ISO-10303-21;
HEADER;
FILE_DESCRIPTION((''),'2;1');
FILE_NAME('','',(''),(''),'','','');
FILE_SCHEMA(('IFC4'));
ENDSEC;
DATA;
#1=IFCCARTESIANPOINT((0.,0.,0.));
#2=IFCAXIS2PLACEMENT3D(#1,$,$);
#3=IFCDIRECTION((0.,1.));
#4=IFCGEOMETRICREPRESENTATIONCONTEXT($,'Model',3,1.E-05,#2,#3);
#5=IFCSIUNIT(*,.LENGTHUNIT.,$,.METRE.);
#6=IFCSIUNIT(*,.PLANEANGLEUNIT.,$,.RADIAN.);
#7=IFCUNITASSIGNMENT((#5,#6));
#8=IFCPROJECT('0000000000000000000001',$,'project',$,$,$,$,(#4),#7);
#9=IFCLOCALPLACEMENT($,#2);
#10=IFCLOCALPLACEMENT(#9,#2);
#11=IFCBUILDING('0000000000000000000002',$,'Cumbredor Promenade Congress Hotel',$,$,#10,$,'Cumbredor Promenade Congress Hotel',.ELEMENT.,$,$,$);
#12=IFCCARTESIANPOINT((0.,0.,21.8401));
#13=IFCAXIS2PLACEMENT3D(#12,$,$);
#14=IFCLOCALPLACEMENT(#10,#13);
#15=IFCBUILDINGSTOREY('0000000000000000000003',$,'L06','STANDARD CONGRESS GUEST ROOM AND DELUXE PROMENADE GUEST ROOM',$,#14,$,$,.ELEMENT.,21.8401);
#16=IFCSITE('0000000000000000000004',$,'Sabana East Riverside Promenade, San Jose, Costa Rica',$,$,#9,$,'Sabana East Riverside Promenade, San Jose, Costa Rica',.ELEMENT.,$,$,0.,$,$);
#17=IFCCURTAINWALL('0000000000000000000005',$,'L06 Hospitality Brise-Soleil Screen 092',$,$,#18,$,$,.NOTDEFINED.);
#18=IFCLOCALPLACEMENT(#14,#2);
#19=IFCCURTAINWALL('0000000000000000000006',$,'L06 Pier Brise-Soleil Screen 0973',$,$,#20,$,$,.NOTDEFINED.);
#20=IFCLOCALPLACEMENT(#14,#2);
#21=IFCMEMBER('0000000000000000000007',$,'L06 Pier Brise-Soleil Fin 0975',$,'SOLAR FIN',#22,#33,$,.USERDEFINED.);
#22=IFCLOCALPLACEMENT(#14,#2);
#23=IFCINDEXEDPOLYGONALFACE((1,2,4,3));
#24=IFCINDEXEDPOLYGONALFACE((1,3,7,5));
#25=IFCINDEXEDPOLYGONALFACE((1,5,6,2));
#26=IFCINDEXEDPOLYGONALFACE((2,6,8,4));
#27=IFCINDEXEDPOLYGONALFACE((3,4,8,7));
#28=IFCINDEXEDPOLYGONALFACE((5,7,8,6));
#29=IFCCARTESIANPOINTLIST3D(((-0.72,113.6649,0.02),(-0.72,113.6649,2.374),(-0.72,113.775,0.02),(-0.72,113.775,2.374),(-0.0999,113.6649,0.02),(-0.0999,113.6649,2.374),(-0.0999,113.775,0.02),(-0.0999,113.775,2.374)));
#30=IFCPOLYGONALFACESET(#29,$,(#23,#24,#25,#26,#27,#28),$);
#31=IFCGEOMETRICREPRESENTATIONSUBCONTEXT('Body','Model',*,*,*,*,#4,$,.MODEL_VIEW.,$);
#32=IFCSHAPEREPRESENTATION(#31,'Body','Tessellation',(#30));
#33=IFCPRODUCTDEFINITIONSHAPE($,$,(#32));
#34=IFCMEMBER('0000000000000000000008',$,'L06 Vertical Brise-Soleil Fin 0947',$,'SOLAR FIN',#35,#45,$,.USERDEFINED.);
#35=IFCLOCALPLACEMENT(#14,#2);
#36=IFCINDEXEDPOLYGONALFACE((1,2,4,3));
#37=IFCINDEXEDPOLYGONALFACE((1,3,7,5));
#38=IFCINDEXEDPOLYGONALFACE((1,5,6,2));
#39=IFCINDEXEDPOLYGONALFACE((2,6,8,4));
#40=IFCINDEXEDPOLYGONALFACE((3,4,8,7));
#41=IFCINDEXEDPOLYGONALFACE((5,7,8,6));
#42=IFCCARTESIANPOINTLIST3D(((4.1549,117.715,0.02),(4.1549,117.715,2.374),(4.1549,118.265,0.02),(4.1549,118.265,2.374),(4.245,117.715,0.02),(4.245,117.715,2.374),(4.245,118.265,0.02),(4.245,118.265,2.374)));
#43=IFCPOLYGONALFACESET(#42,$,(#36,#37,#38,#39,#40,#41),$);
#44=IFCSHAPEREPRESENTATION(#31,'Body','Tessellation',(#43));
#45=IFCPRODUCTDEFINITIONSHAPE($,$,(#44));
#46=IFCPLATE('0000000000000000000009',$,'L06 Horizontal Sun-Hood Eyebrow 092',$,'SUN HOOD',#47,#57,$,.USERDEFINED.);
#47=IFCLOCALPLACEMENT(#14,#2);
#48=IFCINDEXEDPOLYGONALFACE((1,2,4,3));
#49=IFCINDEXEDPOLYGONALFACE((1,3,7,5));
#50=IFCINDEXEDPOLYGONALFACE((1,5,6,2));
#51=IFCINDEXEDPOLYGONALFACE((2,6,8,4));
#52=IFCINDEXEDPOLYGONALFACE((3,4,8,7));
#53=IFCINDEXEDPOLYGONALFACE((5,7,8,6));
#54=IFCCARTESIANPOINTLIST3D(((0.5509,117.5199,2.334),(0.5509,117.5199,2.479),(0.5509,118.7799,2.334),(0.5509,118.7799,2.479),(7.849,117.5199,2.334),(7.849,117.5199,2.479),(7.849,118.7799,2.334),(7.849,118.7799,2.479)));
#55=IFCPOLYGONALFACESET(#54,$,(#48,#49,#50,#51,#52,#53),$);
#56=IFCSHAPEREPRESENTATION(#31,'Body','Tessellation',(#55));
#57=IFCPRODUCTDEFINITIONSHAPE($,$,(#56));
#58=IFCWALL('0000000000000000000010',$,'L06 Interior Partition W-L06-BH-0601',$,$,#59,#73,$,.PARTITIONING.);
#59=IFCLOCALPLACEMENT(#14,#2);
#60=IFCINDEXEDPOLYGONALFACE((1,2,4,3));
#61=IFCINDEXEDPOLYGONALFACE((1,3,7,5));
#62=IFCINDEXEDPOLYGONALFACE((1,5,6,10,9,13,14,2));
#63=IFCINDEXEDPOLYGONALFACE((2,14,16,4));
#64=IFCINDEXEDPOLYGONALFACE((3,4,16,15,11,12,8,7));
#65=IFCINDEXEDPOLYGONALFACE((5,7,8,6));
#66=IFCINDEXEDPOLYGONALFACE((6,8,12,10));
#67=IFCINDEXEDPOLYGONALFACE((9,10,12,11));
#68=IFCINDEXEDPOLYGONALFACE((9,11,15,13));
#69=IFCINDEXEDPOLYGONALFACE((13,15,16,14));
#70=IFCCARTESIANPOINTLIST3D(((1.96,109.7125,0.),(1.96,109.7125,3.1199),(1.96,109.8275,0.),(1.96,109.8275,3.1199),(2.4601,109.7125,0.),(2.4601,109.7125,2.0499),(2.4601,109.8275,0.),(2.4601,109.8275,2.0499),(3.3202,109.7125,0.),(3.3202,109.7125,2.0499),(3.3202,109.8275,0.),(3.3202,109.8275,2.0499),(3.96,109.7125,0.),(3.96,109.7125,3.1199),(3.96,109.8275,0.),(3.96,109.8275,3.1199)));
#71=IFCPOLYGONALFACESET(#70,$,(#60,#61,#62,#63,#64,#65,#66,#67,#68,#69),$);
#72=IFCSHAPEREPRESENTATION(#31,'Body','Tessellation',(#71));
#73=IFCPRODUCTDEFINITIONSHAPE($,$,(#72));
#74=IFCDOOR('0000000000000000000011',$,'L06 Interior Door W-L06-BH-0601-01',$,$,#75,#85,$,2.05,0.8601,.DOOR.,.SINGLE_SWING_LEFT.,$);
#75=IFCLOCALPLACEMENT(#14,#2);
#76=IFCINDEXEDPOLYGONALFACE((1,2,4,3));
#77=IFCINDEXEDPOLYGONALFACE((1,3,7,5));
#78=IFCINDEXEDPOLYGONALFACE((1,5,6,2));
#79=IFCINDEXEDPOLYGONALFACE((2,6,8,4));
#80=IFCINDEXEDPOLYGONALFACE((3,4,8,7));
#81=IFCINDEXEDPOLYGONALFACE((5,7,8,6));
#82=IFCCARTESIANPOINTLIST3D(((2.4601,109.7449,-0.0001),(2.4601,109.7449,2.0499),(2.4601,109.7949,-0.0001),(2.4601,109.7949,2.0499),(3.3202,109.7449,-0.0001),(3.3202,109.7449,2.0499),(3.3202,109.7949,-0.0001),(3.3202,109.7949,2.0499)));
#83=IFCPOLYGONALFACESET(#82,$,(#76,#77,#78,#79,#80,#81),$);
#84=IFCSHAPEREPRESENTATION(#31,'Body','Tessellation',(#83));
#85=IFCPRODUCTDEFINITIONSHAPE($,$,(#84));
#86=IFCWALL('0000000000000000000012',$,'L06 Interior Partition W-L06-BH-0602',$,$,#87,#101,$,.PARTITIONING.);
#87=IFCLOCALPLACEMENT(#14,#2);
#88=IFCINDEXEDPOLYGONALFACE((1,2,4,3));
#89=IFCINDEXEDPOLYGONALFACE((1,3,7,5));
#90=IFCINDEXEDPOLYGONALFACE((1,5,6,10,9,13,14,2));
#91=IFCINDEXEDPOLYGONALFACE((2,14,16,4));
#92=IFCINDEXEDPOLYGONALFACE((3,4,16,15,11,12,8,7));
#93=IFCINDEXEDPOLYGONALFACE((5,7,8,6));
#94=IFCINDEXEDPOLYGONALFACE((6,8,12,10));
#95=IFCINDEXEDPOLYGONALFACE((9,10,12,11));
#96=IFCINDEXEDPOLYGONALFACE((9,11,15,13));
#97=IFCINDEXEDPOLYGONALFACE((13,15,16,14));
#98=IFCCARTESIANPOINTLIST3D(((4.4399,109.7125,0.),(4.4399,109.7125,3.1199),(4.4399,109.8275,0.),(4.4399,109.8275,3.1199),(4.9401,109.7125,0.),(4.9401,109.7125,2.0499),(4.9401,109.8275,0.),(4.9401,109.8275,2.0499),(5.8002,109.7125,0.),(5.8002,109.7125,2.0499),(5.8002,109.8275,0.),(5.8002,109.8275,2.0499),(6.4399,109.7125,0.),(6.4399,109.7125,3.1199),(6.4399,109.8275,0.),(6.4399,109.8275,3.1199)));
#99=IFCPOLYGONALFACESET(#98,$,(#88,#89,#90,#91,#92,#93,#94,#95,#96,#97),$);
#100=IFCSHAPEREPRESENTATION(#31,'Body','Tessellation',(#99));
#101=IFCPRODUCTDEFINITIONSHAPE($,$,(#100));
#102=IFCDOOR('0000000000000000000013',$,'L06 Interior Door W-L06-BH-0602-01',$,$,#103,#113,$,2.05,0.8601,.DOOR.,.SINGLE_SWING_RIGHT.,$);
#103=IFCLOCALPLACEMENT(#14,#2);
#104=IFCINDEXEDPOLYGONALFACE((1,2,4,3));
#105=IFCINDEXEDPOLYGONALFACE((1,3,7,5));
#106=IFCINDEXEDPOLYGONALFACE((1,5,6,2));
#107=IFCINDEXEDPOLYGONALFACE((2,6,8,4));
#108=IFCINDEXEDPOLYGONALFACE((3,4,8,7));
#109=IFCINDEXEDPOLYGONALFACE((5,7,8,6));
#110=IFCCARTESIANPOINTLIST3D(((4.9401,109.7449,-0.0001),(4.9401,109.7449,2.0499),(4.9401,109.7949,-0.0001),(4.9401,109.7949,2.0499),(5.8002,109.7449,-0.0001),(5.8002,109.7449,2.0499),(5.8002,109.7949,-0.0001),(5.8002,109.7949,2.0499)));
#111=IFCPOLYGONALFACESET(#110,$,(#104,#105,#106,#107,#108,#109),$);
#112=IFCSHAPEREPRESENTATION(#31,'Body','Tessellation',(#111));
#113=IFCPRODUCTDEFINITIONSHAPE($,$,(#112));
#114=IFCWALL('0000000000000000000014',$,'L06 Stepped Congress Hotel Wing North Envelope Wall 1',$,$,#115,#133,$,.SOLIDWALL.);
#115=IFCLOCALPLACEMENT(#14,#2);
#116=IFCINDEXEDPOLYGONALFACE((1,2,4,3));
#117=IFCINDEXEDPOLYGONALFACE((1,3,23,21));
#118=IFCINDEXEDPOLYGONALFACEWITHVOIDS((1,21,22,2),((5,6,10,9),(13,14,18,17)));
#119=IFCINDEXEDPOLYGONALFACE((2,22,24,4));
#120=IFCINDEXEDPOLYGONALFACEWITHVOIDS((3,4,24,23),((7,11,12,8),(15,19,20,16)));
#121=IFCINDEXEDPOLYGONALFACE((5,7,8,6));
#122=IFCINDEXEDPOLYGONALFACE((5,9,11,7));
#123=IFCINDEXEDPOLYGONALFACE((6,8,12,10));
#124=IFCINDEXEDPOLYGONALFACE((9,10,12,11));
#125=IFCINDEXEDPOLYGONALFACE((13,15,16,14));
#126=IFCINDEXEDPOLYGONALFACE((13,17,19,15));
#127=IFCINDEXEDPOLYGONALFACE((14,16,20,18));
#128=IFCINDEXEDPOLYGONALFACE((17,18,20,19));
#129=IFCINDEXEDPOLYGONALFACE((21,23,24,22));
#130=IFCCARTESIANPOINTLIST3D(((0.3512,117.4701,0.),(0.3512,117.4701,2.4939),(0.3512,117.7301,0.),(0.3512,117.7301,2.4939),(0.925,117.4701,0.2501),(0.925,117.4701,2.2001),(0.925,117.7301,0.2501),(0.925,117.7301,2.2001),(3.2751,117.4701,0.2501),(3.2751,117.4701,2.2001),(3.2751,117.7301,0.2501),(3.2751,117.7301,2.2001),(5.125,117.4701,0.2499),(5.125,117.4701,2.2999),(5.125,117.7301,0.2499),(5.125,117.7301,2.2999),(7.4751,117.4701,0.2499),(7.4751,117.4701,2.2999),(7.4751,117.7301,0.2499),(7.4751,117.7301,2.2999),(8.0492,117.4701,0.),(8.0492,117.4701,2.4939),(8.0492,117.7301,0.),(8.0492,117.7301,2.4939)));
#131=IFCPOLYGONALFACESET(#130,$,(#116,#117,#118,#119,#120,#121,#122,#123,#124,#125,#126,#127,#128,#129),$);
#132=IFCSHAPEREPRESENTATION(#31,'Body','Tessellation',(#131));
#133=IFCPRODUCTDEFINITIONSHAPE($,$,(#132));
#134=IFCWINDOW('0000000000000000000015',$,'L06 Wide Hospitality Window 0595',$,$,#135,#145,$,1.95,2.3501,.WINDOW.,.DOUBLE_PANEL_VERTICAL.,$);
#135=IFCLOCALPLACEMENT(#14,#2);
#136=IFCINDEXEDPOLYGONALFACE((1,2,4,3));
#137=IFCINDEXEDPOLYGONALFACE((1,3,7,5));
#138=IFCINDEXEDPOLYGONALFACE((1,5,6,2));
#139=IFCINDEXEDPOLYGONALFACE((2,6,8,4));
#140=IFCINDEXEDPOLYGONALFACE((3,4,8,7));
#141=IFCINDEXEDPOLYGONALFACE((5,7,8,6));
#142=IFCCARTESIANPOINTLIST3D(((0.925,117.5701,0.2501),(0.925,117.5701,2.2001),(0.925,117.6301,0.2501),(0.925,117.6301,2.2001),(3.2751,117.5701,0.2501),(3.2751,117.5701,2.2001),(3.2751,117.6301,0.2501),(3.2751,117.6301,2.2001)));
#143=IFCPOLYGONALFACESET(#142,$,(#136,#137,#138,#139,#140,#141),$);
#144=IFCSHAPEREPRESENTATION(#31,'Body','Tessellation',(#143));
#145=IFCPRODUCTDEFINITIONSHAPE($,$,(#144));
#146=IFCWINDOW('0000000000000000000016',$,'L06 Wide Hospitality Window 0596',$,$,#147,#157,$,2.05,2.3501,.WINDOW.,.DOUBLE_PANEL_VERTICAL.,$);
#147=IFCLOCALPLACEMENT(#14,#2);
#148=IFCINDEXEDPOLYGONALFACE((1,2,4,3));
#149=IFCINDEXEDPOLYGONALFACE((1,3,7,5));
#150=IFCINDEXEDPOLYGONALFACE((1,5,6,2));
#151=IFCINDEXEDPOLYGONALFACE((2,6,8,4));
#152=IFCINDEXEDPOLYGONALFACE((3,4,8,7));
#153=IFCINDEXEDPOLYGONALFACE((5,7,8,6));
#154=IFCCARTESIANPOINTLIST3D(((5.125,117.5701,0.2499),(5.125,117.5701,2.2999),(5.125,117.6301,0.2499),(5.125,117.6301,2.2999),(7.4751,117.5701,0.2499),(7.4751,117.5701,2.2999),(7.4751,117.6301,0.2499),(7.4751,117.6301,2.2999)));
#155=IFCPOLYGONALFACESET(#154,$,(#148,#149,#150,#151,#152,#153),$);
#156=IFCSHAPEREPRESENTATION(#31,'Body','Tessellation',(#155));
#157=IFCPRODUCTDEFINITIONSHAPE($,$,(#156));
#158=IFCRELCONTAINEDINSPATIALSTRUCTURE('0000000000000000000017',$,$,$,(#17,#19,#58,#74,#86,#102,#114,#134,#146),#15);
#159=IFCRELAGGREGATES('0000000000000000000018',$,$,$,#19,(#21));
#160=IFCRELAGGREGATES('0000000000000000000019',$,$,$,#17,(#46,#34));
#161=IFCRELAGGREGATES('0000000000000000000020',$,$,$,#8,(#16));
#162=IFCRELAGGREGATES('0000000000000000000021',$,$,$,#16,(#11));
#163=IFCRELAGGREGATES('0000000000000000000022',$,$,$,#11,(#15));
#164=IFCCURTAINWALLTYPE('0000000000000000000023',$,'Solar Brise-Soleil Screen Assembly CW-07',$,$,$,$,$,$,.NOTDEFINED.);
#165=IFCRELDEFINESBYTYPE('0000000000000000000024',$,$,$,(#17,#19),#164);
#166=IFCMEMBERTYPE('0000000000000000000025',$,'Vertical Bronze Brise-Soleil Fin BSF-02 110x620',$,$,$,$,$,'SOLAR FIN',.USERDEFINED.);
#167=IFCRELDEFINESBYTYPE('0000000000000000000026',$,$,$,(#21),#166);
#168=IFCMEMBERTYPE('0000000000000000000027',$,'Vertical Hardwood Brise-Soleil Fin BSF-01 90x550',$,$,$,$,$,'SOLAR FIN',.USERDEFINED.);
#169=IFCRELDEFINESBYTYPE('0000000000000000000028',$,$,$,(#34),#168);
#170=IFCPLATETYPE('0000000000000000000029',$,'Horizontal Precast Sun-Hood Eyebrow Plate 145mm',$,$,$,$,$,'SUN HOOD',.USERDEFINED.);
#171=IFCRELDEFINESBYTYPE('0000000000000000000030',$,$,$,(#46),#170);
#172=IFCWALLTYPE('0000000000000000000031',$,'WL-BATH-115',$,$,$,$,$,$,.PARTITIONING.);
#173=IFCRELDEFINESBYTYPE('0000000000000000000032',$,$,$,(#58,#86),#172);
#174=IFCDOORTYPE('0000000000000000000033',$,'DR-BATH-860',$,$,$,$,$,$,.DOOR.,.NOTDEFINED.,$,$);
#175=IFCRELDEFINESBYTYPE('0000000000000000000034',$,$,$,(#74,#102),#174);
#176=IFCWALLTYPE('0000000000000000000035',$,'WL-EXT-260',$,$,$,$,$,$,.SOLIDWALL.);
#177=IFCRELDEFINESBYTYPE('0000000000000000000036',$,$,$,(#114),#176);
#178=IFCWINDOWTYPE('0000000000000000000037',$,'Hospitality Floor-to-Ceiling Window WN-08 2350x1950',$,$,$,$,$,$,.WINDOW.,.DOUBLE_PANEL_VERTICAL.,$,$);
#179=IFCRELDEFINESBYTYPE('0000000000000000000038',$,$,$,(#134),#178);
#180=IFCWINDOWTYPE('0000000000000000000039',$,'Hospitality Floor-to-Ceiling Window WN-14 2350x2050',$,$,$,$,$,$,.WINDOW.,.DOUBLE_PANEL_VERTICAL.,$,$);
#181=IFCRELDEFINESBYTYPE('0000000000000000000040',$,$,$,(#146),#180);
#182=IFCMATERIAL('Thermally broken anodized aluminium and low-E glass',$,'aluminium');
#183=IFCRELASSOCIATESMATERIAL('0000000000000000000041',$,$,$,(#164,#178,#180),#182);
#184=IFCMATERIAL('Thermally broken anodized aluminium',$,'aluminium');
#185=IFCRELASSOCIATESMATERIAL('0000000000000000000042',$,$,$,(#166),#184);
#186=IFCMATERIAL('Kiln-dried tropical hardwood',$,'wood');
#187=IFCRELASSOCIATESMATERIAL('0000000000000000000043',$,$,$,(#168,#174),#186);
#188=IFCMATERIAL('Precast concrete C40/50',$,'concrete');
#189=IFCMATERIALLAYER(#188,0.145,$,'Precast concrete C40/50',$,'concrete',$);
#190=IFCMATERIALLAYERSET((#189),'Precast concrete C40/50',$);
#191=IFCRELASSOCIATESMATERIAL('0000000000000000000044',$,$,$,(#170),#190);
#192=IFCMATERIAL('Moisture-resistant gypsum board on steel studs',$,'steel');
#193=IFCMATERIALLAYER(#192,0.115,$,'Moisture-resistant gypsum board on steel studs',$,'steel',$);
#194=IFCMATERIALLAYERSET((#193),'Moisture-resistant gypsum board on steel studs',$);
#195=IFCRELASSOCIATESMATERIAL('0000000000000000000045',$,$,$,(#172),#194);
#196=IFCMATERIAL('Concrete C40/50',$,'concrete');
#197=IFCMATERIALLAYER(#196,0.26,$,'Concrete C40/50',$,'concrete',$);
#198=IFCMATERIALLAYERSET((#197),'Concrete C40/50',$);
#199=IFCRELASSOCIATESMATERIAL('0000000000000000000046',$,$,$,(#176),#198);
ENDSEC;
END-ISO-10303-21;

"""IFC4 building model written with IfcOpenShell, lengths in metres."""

from ifc_helpers import new_model, si_unit, direction, frame, frame_2d, origin, origin_2d, place, context, subcontext, project, spatial, rectangle, extrude, material, layer, layer_set, material_profile, profile_set, type_object, element, fill, aggregate, save


model = new_model("IFC4")

# Units and contexts
model_context = context("Model", 3, precision=1e-05, world=origin(), true_north=direction((0.0, 1.0)))
body_context = subcontext(model_context, "Body", "Model", "MODEL_VIEW")
ifc_project = project(units=[si_unit("LENGTHUNIT", "METRE"), si_unit("PLANEANGLEUNIT", "RADIAN")], contexts=[model_context])

# Site, building, storey
site_placement = place(None, origin())
site = spatial("IfcSite", under=ifc_project, at=site_placement, Name="Sabana East Riverside Promenade, San Jose, Costa Rica", LongName="Sabana East Riverside Promenade, San Jose, Costa Rica", CompositionType="ELEMENT", RefElevation=0.0)
building_placement = place(site_placement, origin())
building = spatial("IfcBuilding", under=site, at=building_placement, Name="Cumbredor Promenade Congress Hotel", LongName="Cumbredor Promenade Congress Hotel", CompositionType="ELEMENT")
storey_placement = place(building_placement, frame((0.0, 0.0, 21.8401)))
storey = spatial("IfcBuildingStorey", under=building, at=storey_placement, Name="L06", Description="STANDARD CONGRESS GUEST ROOM AND DELUXE PROMENADE GUEST ROOM", CompositionType="ELEMENT", Elevation=21.8401)

# Shared definitions
ifc_material_1 = material(Name="Concrete C40/50", Category="concrete")

# Curtain walls
ifc_material_2 = material(Name="Thermally broken anodized aluminium and low-E glass", Category="aluminium")
curtain_wall_type = type_object("IfcCurtainWallType", Name="Solar Brise-Soleil Screen Assembly CW-07", PredefinedType="NOTDEFINED", material=ifc_material_2)
curtain_wall_1_placement = place(storey_placement, origin())
curtain_wall_1 = element("IfcCurtainWall", 1, at=curtain_wall_1_placement, inside=storey, type_object=curtain_wall_type, Name="L06 Hospitality Brise-Soleil Screen 092", PredefinedType="NOTDEFINED")
ifc_material_3 = material(Name="Thermally broken anodized aluminium", Category="aluminium")
curtain_wall_2_placement = place(storey_placement, origin())
curtain_wall_2 = element("IfcCurtainWall", 2, at=curtain_wall_2_placement, inside=storey, type_object=curtain_wall_type, Name="L06 Pier Brise-Soleil Screen 0973", PredefinedType="NOTDEFINED")

# Members
ifc_material_profile_1 = material_profile(ifc_material_3, rectangle(XDim=0.1101, YDim=0.6201, at=origin_2d()), Name="ARCH FIN 110x620")
ifc_profile_set_1 = profile_set([ifc_material_profile_1], Name="Thermally broken anodized aluminium")
member_type_1 = type_object("IfcMemberType", Name="Vertical Bronze Brise-Soleil Fin BSF-02 110x620", ElementType="SOLAR FIN", PredefinedType="USERDEFINED", material=ifc_profile_set_1)
member_1_placement = place(storey_placement, frame((-0.4099, 113.72, 0.02), z_axis=(0.0, 0.0, 1.0), x_axis=(0.0, 1.0, 0.0)))
member_1 = element("IfcMember", 3, at=member_1_placement, type_object=member_type_1, Name="L06 Pier Brise-Soleil Fin 0975", ObjectType="SOLAR FIN", PredefinedType="USERDEFINED", context=body_context, shape_type="SweptSolid", body=[
    extrude(rectangle(XDim=0.1101, YDim=0.6201, at=origin_2d()), origin(), (0.0, 0.0, 1.0), 2.354),
])
aggregate(curtain_wall_2, [member_1])
ifc_material_4 = material(Name="Kiln-dried tropical hardwood", Category="wood")
ifc_material_profile_2 = material_profile(ifc_material_4, rectangle(XDim=0.0901, YDim=0.55, at=origin_2d()), Name="ARCH FIN 90x550")
ifc_profile_set_2 = profile_set([ifc_material_profile_2], Name="Kiln-dried tropical hardwood")
member_type_2 = type_object("IfcMemberType", Name="Vertical Hardwood Brise-Soleil Fin BSF-01 90x550", ElementType="SOLAR FIN", PredefinedType="USERDEFINED", material=ifc_profile_set_2)
member_2_placement = place(storey_placement, frame((4.2, 117.99, 0.02), z_axis=(0.0, 0.0, 1.0), x_axis=(1.0, 0.0, 0.0)))
member_2 = element("IfcMember", 4, at=member_2_placement, type_object=member_type_2, Name="L06 Vertical Brise-Soleil Fin 0947", ObjectType="SOLAR FIN", PredefinedType="USERDEFINED", context=body_context, shape_type="SweptSolid", body=[
    extrude(rectangle(XDim=0.0901, YDim=0.55, at=origin_2d()), origin(), (0.0, 0.0, 1.0), 2.354),
])

# Plate
ifc_material_5 = material(Name="Precast concrete C40/50", Category="concrete")
ifc_layer_1 = layer(ifc_material_5, 0.145, Name="Precast concrete C40/50", Category="concrete")
ifc_layer_set_1 = layer_set([ifc_layer_1], Name="Precast concrete C40/50")
plate_type = type_object("IfcPlateType", Name="Horizontal Precast Sun-Hood Eyebrow Plate 145mm", ElementType="SUN HOOD", PredefinedType="USERDEFINED", material=ifc_layer_set_1)
plate_placement = place(storey_placement, frame((4.2, 118.1499, 2.334), z_axis=(0.0, 0.0, 1.0), x_axis=(1.0, 0.0, 0.0)))
plate = element("IfcPlate", 5, at=plate_placement, type_object=plate_type, Name="L06 Horizontal Sun-Hood Eyebrow 092", ObjectType="SUN HOOD", PredefinedType="USERDEFINED", context=body_context, shape_type="SweptSolid", body=[
    extrude(rectangle(XDim=7.2981, YDim=1.26, at=origin_2d()), origin(), (0.0, 0.0, 1.0), 0.145),
])
aggregate(curtain_wall_1, [plate, member_2])

# Walls, openings, doors
ifc_material_6 = material(Name="Moisture-resistant gypsum board on steel studs", Category="steel")
ifc_layer_2 = layer(ifc_material_6, 0.115, Name="Moisture-resistant gypsum board on steel studs", Category="steel")
ifc_layer_set_2 = layer_set([ifc_layer_2], Name="Moisture-resistant gypsum board on steel studs")
wall_type_1 = type_object("IfcWallType", Name="WL-BATH-115", PredefinedType="PARTITIONING", material=ifc_layer_set_2)
wall_1_placement = place(storey_placement, frame((1.96, 109.77, 0.0), z_axis=(0.0, 0.0, 1.0), x_axis=(1.0, 0.0, 0.0)))
wall_1 = element("IfcWall", 6, at=wall_1_placement, inside=storey, type_object=wall_type_1, Name="L06 Interior Partition W-L06-BH-0601", PredefinedType="PARTITIONING", context=body_context, shape_type="SweptSolid", body=[
    extrude(rectangle(XDim=2.0, YDim=0.115, at=frame_2d((1.0, 0.0))), origin(), (0.0, 0.0, 1.0), 3.1199),
])
opening_1_placement = place(wall_1_placement, frame((0.5, 0.0, 0.0)))
opening_1 = element("IfcOpeningElement", 7, at=opening_1_placement, cuts=wall_1, PredefinedType="OPENING", context=body_context, shape_type="SweptSolid", body=[
    extrude(rectangle(XDim=0.8601, YDim=2.05, at=frame_2d((0.4302, 1.0249))), frame((0.0, 0.0674, 0.0), z_axis=(0.0, -1.0, 0.0), x_axis=(1.0, 0.0, 0.0)), (0.0, 0.0, 1.0), 0.135),
])
door_type = type_object("IfcDoorType", Name="DR-BATH-860", OperationType="NOTDEFINED", PredefinedType="DOOR", material=ifc_material_4)
door_1_placement = place(opening_1_placement, origin())
door_1 = element("IfcDoor", 8, at=door_1_placement, inside=storey, type_object=door_type, Name="L06 Interior Door W-L06-BH-0601-01", OperationType="SINGLE_SWING_LEFT", OverallHeight=2.05, OverallWidth=0.8601, PredefinedType="DOOR", context=body_context, shape_type="SweptSolid", body=[
    extrude(rectangle(XDim=0.8601, YDim=2.05, at=frame_2d((0.4302, 1.0249))), frame((0.0, 0.0249, 0.0), z_axis=(0.0, -1.0, 0.0), x_axis=(1.0, 0.0, 0.0)), (0.0, 0.0, 1.0), 0.05),
])
fill(opening_1, door_1)
wall_2_placement = place(storey_placement, frame((4.4399, 109.77, 0.0), z_axis=(0.0, 0.0, 1.0), x_axis=(1.0, 0.0, 0.0)))
wall_2 = element("IfcWall", 9, at=wall_2_placement, inside=storey, type_object=wall_type_1, Name="L06 Interior Partition W-L06-BH-0602", PredefinedType="PARTITIONING", context=body_context, shape_type="SweptSolid", body=[
    extrude(rectangle(XDim=2.0, YDim=0.115, at=frame_2d((1.0, 0.0))), origin(), (0.0, 0.0, 1.0), 3.1199),
])
opening_2_placement = place(wall_2_placement, frame((0.5, 0.0, 0.0)))
opening_2 = element("IfcOpeningElement", 10, at=opening_2_placement, cuts=wall_2, PredefinedType="OPENING", context=body_context, shape_type="SweptSolid", body=[
    extrude(rectangle(XDim=0.8601, YDim=2.05, at=frame_2d((0.4302, 1.0249))), frame((0.0, 0.0674, 0.0), z_axis=(0.0, -1.0, 0.0), x_axis=(1.0, 0.0, 0.0)), (0.0, 0.0, 1.0), 0.135),
])
door_2_placement = place(opening_2_placement, origin())
door_2 = element("IfcDoor", 11, at=door_2_placement, inside=storey, type_object=door_type, Name="L06 Interior Door W-L06-BH-0602-01", OperationType="SINGLE_SWING_RIGHT", OverallHeight=2.05, OverallWidth=0.8601, PredefinedType="DOOR", context=body_context, shape_type="SweptSolid", body=[
    extrude(rectangle(XDim=0.8601, YDim=2.05, at=frame_2d((0.4302, 1.0249))), frame((0.0, 0.0249, 0.0), z_axis=(0.0, -1.0, 0.0), x_axis=(1.0, 0.0, 0.0)), (0.0, 0.0, 1.0), 0.05),
])
fill(opening_2, door_2)

# Wall, openings, windows
ifc_layer_3 = layer(ifc_material_1, 0.26, Name="Concrete C40/50", Category="concrete")
ifc_layer_set_3 = layer_set([ifc_layer_3], Name="Concrete C40/50")
wall_type_2 = type_object("IfcWallType", Name="WL-EXT-260", PredefinedType="SOLIDWALL", material=ifc_layer_set_3)
wall_3_placement = place(storey_placement, frame((0.3511, 117.6001, 0.0), z_axis=(0.0, 0.0, 1.0), x_axis=(1.0, 0.0, 0.0)))
wall_3 = element("IfcWall", 12, at=wall_3_placement, inside=storey, type_object=wall_type_2, Name="L06 Stepped Congress Hotel Wing North Envelope Wall 1", PredefinedType="SOLIDWALL", context=body_context, shape_type="SweptSolid", body=[
    extrude(rectangle(XDim=7.698, YDim=0.26, at=frame_2d((3.8491, 0.0))), origin(), (0.0, 0.0, 1.0), 2.4939),
])
opening_3_placement = place(wall_3_placement, frame((0.574, 0.0, 0.25)))
opening_3 = element("IfcOpeningElement", 13, at=opening_3_placement, cuts=wall_3, PredefinedType="OPENING", context=body_context, shape_type="SweptSolid", body=[
    extrude(rectangle(XDim=2.3501, YDim=1.95, at=frame_2d((1.175, 0.9751))), frame((0.0, 0.1401, 0.0), z_axis=(0.0, -1.0, 0.0), x_axis=(1.0, 0.0, 0.0)), (0.0, 0.0, 1.0), 0.28),
])
opening_4_placement = place(wall_3_placement, frame((4.7739, 0.0, 0.25)))
opening_4 = element("IfcOpeningElement", 14, at=opening_4_placement, cuts=wall_3, PredefinedType="OPENING", context=body_context, shape_type="SweptSolid", body=[
    extrude(rectangle(XDim=2.3501, YDim=2.05, at=frame_2d((1.175, 1.0249))), frame((0.0, 0.1401, 0.0), z_axis=(0.0, -1.0, 0.0), x_axis=(1.0, 0.0, 0.0)), (0.0, 0.0, 1.0), 0.28),
])
window_type_1 = type_object("IfcWindowType", Name="Hospitality Floor-to-Ceiling Window WN-08 2350x1950", PartitioningType="DOUBLE_PANEL_VERTICAL", PredefinedType="WINDOW", material=ifc_material_2)
window_1_placement = place(opening_3_placement, origin())
window_1 = element("IfcWindow", 15, at=window_1_placement, inside=storey, type_object=window_type_1, Name="L06 Wide Hospitality Window 0595", OverallHeight=1.95, OverallWidth=2.3501, PartitioningType="DOUBLE_PANEL_VERTICAL", PredefinedType="WINDOW", context=body_context, shape_type="SweptSolid", body=[
    extrude(rectangle(XDim=2.3501, YDim=1.95, at=frame_2d((1.175, 0.9751))), frame((0.0, 0.03, 0.0), z_axis=(0.0, -1.0, 0.0), x_axis=(1.0, 0.0, 0.0)), (0.0, 0.0, 1.0), 0.0601),
])
fill(opening_3, window_1)
window_type_2 = type_object("IfcWindowType", Name="Hospitality Floor-to-Ceiling Window WN-14 2350x2050", PartitioningType="DOUBLE_PANEL_VERTICAL", PredefinedType="WINDOW", material=ifc_material_2)
window_2_placement = place(opening_4_placement, origin())
window_2 = element("IfcWindow", 16, at=window_2_placement, inside=storey, type_object=window_type_2, Name="L06 Wide Hospitality Window 0596", OverallHeight=2.05, OverallWidth=2.3501, PartitioningType="DOUBLE_PANEL_VERTICAL", PredefinedType="WINDOW", context=body_context, shape_type="SweptSolid", body=[
    extrude(rectangle(XDim=2.3501, YDim=2.05, at=frame_2d((1.175, 1.0249))), frame((0.0, 0.03, 0.0), z_axis=(0.0, -1.0, 0.0), x_axis=(1.0, 0.0, 0.0)), (0.0, 0.0, 1.0), 0.0601),
])
fill(opening_4, window_2)

save(model, "model.ifc")
